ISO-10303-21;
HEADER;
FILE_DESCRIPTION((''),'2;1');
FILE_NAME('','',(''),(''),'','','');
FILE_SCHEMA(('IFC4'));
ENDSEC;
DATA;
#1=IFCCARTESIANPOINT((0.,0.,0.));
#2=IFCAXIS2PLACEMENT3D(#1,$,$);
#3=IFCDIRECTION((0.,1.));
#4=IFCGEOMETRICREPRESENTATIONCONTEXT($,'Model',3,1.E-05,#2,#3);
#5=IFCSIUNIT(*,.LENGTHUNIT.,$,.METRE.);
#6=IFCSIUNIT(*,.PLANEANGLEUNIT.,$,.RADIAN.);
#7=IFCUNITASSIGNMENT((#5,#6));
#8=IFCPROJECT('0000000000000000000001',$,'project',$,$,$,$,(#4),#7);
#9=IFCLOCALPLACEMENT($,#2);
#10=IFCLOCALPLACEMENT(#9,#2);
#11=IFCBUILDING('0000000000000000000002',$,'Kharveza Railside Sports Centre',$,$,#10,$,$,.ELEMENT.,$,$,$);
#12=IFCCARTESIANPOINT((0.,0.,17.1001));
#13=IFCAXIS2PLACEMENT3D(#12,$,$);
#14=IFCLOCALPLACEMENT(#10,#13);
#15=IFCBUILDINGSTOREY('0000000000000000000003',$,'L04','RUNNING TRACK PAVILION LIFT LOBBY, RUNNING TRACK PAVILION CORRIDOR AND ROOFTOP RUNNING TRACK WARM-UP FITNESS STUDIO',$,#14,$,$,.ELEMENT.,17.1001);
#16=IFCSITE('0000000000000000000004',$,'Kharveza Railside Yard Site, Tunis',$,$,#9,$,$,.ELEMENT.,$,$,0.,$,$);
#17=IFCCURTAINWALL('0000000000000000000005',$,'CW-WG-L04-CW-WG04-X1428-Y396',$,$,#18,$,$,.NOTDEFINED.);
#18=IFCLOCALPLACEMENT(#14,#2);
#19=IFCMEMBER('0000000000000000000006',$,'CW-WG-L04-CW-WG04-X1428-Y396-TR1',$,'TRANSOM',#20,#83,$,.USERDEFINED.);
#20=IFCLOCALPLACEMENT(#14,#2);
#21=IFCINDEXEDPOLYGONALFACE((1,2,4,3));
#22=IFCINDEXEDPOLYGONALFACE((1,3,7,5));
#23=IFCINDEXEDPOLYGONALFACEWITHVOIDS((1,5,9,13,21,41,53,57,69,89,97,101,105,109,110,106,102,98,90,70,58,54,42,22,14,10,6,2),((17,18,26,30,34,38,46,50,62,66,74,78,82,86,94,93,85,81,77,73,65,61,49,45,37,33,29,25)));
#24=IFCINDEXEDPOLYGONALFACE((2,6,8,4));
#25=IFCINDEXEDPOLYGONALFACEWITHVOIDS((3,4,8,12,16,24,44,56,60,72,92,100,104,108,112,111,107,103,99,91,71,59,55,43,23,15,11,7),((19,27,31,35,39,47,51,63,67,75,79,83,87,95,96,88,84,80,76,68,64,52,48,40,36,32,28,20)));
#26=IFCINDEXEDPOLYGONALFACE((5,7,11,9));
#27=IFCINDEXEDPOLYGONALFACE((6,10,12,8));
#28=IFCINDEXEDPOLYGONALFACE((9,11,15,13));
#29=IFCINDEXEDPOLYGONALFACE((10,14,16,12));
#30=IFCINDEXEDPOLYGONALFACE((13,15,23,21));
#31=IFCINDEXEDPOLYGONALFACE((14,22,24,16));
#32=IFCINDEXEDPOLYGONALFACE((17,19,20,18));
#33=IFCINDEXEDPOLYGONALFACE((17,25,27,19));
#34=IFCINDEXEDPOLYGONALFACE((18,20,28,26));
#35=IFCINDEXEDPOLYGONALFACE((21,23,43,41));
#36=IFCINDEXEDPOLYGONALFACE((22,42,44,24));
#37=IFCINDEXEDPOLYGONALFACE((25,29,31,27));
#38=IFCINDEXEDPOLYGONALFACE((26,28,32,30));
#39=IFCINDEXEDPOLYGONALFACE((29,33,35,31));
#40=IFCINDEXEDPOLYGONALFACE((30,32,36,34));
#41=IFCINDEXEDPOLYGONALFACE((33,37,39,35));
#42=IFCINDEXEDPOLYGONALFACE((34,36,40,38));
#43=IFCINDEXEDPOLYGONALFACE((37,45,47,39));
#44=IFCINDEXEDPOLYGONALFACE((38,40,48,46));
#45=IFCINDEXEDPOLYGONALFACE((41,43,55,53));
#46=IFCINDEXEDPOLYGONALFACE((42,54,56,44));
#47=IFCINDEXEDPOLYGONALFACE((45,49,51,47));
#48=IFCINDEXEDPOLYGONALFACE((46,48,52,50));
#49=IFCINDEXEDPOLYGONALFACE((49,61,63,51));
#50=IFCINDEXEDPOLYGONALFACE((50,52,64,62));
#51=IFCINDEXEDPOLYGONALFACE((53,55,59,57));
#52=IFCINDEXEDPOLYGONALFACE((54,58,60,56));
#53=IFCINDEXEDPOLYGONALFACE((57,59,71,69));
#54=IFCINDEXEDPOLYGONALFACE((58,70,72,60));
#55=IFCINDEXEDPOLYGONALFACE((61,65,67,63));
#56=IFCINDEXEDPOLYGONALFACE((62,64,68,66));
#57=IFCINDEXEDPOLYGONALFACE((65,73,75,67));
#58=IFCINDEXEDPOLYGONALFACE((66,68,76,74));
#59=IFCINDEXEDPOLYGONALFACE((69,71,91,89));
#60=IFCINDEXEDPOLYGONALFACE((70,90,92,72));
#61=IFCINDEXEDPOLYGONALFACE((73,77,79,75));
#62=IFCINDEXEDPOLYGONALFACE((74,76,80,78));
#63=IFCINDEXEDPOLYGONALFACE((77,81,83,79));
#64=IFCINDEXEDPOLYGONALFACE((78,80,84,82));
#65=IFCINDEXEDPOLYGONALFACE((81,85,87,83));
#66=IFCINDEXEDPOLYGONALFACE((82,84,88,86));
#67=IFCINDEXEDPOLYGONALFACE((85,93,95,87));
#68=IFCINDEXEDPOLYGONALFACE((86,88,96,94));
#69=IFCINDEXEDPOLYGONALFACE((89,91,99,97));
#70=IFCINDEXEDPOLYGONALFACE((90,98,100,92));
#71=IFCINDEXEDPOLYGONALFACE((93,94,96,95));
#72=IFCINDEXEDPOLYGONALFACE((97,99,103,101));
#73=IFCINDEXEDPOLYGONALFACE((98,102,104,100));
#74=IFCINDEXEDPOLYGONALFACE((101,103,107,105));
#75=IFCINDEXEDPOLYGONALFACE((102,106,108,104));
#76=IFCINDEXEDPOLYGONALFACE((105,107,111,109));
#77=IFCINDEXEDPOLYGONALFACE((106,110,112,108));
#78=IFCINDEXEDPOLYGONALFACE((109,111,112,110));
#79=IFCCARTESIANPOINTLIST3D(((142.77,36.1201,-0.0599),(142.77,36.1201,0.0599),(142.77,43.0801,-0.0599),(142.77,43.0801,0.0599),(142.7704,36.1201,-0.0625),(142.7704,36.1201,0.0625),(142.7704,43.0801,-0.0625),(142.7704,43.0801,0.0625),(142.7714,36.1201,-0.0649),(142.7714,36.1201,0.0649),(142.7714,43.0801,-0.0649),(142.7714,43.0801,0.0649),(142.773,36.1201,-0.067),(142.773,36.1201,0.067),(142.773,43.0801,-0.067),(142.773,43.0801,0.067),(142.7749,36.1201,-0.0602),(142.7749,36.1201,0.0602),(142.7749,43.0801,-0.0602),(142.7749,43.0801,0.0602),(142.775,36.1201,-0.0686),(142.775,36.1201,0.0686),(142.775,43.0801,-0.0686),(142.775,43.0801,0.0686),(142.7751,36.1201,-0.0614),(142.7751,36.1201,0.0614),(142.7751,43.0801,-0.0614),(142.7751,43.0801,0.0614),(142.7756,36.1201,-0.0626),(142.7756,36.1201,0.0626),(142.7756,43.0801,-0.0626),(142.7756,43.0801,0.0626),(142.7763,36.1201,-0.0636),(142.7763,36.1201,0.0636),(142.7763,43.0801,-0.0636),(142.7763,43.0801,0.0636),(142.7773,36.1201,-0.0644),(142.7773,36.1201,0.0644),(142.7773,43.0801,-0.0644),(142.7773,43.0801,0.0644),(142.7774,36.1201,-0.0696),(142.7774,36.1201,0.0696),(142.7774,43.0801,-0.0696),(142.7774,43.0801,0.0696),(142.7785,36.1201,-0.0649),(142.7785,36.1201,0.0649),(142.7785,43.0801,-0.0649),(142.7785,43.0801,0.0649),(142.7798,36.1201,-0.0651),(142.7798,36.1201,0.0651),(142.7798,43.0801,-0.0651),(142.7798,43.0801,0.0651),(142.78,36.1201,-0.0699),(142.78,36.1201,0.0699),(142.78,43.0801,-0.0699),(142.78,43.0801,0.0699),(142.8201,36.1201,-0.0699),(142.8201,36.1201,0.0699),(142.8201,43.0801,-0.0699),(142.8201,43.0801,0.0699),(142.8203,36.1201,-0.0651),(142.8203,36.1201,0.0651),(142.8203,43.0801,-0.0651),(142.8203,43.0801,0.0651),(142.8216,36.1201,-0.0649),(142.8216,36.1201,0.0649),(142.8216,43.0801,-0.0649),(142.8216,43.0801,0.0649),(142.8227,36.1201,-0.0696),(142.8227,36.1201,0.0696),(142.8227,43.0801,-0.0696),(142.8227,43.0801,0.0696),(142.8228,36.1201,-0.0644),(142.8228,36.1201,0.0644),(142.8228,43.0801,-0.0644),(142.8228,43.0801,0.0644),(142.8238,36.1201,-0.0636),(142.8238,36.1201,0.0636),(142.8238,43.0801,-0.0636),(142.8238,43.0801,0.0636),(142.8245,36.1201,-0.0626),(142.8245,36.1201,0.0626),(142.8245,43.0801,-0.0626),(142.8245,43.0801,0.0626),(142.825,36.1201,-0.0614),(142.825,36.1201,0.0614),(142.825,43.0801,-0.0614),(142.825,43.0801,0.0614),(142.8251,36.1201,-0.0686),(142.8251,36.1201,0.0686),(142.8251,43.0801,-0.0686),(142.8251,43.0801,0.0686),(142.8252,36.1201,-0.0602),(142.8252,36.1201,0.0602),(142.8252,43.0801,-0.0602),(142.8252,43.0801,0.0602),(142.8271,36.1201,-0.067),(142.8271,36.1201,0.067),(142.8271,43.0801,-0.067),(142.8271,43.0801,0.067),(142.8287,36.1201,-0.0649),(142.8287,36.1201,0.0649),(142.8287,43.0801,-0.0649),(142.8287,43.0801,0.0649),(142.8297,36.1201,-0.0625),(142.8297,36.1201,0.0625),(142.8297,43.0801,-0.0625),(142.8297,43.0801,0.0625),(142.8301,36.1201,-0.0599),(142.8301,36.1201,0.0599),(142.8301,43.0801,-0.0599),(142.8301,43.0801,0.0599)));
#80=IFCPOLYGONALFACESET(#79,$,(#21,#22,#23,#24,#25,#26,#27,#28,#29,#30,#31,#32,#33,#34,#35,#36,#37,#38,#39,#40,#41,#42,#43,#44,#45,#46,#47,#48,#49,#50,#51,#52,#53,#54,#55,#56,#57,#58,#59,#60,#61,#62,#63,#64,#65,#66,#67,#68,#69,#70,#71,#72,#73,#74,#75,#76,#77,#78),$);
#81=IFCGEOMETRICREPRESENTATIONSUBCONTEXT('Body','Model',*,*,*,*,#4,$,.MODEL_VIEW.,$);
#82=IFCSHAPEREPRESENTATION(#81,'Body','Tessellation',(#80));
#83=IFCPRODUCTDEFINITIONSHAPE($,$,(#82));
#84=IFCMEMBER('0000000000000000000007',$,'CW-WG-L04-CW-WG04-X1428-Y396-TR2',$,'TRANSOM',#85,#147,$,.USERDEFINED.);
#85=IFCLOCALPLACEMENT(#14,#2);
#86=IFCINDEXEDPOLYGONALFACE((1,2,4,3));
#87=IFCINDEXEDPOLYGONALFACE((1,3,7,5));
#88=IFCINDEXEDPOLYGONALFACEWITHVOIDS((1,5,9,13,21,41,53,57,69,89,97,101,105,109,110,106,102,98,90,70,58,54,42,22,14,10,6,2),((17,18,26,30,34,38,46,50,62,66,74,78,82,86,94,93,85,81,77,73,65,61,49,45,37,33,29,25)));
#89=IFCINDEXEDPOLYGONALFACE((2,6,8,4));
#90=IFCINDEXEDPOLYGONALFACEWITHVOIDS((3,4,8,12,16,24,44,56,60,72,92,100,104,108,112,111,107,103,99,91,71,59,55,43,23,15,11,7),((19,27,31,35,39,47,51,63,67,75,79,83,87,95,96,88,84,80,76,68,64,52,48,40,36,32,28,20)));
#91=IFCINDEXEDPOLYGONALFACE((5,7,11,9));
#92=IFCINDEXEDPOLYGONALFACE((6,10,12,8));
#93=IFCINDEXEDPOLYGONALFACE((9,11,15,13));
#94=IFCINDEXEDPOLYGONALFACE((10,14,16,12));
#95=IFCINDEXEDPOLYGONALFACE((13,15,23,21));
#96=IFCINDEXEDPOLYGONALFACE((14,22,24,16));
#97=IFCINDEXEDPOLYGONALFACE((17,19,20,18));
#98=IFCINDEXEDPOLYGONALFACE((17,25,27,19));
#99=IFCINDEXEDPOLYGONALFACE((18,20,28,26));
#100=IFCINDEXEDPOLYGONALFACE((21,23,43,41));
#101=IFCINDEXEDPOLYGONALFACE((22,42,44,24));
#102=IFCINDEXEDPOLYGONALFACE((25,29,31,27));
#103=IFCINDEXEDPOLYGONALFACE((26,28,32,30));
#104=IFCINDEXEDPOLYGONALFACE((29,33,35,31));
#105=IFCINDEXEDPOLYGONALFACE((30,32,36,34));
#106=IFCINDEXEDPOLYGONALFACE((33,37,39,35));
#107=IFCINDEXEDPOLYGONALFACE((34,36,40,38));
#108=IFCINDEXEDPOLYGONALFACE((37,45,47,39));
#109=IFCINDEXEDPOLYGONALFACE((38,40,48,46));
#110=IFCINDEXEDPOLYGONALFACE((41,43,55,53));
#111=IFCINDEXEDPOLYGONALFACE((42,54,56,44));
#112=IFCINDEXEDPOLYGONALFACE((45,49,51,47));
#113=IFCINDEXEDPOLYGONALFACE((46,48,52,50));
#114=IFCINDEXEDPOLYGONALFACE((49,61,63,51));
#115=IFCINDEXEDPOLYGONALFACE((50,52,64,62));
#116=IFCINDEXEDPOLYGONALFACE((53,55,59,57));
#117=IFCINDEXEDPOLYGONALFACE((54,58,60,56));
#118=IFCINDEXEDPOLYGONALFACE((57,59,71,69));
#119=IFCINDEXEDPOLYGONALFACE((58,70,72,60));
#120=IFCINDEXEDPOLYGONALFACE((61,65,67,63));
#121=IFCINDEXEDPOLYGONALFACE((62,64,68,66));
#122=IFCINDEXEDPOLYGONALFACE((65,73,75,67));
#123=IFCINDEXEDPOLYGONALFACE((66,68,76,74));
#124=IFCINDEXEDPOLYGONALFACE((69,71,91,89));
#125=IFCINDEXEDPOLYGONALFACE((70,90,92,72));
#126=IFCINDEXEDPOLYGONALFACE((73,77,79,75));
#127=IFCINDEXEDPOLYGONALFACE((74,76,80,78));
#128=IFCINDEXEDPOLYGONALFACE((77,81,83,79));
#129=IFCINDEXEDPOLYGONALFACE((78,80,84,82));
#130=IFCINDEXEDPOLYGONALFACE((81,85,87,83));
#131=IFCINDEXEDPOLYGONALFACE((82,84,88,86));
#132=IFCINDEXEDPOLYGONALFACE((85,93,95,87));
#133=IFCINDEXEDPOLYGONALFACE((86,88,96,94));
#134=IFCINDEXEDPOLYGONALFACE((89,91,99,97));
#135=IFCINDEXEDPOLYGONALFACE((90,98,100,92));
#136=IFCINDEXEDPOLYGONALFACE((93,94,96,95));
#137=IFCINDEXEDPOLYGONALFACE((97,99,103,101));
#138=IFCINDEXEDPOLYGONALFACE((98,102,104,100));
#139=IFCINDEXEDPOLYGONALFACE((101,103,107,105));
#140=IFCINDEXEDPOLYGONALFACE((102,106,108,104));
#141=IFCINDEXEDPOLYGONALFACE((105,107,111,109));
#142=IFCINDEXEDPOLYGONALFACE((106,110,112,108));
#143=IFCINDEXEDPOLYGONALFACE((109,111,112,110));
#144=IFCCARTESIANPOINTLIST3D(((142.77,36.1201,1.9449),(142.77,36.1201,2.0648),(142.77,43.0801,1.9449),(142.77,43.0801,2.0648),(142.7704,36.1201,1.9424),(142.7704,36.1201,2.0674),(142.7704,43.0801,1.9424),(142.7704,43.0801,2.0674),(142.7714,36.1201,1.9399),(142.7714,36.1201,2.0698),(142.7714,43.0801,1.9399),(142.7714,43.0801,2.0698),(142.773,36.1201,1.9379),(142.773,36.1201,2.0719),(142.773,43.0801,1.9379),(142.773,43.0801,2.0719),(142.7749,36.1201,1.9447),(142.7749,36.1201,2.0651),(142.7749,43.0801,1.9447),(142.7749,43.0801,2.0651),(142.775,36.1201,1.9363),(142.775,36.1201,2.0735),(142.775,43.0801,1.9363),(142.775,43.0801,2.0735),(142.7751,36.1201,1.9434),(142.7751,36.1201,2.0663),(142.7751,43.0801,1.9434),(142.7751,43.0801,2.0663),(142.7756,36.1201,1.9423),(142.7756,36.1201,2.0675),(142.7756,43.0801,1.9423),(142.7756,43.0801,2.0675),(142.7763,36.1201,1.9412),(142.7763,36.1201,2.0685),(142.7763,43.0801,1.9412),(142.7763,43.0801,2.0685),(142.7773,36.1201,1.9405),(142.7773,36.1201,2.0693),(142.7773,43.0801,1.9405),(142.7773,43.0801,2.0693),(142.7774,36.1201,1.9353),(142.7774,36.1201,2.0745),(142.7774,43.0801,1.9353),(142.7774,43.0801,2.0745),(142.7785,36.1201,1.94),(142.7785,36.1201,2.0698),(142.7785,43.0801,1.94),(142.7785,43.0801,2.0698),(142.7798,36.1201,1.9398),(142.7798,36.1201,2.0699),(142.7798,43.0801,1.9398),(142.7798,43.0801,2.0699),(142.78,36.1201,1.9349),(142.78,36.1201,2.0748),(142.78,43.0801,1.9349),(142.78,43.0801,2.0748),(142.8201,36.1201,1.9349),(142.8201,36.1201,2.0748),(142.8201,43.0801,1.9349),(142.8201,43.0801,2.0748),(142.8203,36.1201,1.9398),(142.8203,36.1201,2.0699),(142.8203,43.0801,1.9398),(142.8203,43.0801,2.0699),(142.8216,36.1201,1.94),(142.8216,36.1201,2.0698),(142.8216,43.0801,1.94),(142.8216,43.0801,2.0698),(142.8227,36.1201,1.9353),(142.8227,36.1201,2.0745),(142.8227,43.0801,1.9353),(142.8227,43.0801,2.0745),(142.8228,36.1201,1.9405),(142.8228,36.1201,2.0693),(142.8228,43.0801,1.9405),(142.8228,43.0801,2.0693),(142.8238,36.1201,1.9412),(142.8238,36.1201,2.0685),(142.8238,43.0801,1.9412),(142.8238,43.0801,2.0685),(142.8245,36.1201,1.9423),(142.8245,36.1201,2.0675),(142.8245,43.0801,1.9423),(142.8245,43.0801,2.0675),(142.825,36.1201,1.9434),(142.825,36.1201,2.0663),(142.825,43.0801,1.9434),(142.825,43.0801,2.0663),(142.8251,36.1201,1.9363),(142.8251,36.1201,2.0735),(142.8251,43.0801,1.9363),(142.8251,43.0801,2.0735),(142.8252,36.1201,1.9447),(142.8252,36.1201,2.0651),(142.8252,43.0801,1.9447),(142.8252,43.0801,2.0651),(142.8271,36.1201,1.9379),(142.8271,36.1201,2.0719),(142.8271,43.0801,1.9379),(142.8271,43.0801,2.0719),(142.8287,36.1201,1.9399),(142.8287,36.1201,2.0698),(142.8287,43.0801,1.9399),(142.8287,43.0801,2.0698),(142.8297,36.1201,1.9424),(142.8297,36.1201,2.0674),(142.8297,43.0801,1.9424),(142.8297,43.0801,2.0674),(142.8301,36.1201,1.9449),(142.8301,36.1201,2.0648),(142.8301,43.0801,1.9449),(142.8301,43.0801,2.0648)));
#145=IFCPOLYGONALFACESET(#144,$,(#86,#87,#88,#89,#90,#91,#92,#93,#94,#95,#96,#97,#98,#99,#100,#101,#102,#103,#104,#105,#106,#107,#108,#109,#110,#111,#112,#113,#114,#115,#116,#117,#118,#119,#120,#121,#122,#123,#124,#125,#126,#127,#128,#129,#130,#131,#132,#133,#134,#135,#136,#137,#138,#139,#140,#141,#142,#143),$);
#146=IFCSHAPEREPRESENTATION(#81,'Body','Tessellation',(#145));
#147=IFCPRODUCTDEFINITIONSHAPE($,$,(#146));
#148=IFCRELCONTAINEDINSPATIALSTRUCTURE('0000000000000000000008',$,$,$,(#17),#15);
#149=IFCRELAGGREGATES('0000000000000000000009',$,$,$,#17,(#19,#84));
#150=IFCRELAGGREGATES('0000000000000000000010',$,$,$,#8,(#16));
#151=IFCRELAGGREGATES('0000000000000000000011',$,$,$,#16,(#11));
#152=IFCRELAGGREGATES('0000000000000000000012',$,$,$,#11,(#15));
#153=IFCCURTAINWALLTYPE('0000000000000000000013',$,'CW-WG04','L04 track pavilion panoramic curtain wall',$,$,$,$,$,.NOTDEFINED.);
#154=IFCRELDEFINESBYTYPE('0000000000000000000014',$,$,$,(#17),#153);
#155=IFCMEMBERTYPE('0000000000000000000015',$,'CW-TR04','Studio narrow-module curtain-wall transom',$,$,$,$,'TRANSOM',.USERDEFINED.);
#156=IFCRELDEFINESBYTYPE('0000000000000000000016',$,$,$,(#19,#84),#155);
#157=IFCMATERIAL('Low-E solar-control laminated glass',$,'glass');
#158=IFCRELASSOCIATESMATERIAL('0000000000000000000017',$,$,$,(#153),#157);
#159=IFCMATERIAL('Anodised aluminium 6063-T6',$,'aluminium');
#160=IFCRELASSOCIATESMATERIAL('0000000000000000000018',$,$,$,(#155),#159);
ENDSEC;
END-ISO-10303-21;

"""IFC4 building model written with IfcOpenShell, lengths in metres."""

from ifc_helpers import new_model, si_unit, direction, frame, origin, origin_2d, place, context, subcontext, project, spatial, hollow_rectangle, extrude, material, material_profile, profile_set, type_object, element, aggregate, save


model = new_model("IFC4")

# Units and contexts
model_context = context("Model", 3, precision=1e-05, world=origin(), true_north=direction((0.0, 1.0)))
body_context = subcontext(model_context, "Body", "Model", "MODEL_VIEW")
ifc_project = project(units=[si_unit("LENGTHUNIT", "METRE"), si_unit("PLANEANGLEUNIT", "RADIAN")], contexts=[model_context])

# Site, building, storey
site_placement = place(None, origin())
site = spatial("IfcSite", under=ifc_project, at=site_placement, Name="Kharveza Railside Yard Site, Tunis", CompositionType="ELEMENT", RefElevation=0.0)
building_placement = place(site_placement, origin())
building = spatial("IfcBuilding", under=site, at=building_placement, Name="Kharveza Railside Sports Centre", CompositionType="ELEMENT")
storey_placement = place(building_placement, frame((0.0, 0.0, 17.1001)))
storey = spatial("IfcBuildingStorey", under=building, at=storey_placement, Name="L04", Description="RUNNING TRACK PAVILION LIFT LOBBY, RUNNING TRACK PAVILION CORRIDOR AND ROOFTOP RUNNING TRACK WARM-UP FITNESS STUDIO", CompositionType="ELEMENT", Elevation=17.1001)

# Curtain wall, members
ifc_material_1 = material(Name="Low-E solar-control laminated glass", Category="glass")
curtain_wall_type = type_object("IfcCurtainWallType", Name="CW-WG04", Description="L04 track pavilion panoramic curtain wall", PredefinedType="NOTDEFINED", material=ifc_material_1)
ifc_material_2 = material(Name="Anodised aluminium 6063-T6", Category="aluminium")
curtain_wall_1_placement = place(storey_placement, origin())
curtain_wall_1 = element("IfcCurtainWall", 1, at=curtain_wall_1_placement, inside=storey, type_object=curtain_wall_type, Name="CW-WG-L04-CW-WG04-X1428-Y396", PredefinedType="NOTDEFINED")
ifc_material_profile_1 = material_profile(ifc_material_2, hollow_rectangle(XDim=0.0601, YDim=0.1399, WallThickness=0.0049, InnerFilletRadius=0.0049, OuterFilletRadius=0.01, at=origin_2d()), Name="RHS 60x140x5.0")
ifc_profile_set_1 = profile_set([ifc_material_profile_1], Name="Anodised aluminium 6063-T6")
member_type_1 = type_object("IfcMemberType", Name="CW-TR04", Description="Studio narrow-module curtain-wall transom", ElementType="TRANSOM", PredefinedType="USERDEFINED", material=ifc_profile_set_1)
member_1_placement = place(storey_placement, frame((142.8, 43.0801, 0.0), z_axis=(0.0, -1.0, 0.0), x_axis=(1.0, 0.0, 0.0)))
member_1 = element("IfcMember", 2, at=member_1_placement, type_object=member_type_1, Name="CW-WG-L04-CW-WG04-X1428-Y396-TR1", ObjectType="TRANSOM", PredefinedType="USERDEFINED", context=body_context, shape_type="SweptSolid", body=[
    extrude(hollow_rectangle(XDim=0.0601, YDim=0.1399, WallThickness=0.0049, InnerFilletRadius=0.0049, OuterFilletRadius=0.01, at=origin_2d()), origin(), (0.0, 0.0, 1.0), 6.96),
])
member_2_placement = place(storey_placement, frame((142.8, 43.0801, 2.0049), z_axis=(0.0, -1.0, 0.0), x_axis=(1.0, 0.0, 0.0)))
member_2 = element("IfcMember", 3, at=member_2_placement, type_object=member_type_1, Name="CW-WG-L04-CW-WG04-X1428-Y396-TR2", ObjectType="TRANSOM", PredefinedType="USERDEFINED", context=body_context, shape_type="SweptSolid", body=[
    extrude(hollow_rectangle(XDim=0.0601, YDim=0.1399, WallThickness=0.0049, InnerFilletRadius=0.0049, OuterFilletRadius=0.01, at=origin_2d()), origin(), (0.0, 0.0, 1.0), 6.96),
])

aggregate(curtain_wall_1, [member_1, member_2])

save(model, "model.ifc")
